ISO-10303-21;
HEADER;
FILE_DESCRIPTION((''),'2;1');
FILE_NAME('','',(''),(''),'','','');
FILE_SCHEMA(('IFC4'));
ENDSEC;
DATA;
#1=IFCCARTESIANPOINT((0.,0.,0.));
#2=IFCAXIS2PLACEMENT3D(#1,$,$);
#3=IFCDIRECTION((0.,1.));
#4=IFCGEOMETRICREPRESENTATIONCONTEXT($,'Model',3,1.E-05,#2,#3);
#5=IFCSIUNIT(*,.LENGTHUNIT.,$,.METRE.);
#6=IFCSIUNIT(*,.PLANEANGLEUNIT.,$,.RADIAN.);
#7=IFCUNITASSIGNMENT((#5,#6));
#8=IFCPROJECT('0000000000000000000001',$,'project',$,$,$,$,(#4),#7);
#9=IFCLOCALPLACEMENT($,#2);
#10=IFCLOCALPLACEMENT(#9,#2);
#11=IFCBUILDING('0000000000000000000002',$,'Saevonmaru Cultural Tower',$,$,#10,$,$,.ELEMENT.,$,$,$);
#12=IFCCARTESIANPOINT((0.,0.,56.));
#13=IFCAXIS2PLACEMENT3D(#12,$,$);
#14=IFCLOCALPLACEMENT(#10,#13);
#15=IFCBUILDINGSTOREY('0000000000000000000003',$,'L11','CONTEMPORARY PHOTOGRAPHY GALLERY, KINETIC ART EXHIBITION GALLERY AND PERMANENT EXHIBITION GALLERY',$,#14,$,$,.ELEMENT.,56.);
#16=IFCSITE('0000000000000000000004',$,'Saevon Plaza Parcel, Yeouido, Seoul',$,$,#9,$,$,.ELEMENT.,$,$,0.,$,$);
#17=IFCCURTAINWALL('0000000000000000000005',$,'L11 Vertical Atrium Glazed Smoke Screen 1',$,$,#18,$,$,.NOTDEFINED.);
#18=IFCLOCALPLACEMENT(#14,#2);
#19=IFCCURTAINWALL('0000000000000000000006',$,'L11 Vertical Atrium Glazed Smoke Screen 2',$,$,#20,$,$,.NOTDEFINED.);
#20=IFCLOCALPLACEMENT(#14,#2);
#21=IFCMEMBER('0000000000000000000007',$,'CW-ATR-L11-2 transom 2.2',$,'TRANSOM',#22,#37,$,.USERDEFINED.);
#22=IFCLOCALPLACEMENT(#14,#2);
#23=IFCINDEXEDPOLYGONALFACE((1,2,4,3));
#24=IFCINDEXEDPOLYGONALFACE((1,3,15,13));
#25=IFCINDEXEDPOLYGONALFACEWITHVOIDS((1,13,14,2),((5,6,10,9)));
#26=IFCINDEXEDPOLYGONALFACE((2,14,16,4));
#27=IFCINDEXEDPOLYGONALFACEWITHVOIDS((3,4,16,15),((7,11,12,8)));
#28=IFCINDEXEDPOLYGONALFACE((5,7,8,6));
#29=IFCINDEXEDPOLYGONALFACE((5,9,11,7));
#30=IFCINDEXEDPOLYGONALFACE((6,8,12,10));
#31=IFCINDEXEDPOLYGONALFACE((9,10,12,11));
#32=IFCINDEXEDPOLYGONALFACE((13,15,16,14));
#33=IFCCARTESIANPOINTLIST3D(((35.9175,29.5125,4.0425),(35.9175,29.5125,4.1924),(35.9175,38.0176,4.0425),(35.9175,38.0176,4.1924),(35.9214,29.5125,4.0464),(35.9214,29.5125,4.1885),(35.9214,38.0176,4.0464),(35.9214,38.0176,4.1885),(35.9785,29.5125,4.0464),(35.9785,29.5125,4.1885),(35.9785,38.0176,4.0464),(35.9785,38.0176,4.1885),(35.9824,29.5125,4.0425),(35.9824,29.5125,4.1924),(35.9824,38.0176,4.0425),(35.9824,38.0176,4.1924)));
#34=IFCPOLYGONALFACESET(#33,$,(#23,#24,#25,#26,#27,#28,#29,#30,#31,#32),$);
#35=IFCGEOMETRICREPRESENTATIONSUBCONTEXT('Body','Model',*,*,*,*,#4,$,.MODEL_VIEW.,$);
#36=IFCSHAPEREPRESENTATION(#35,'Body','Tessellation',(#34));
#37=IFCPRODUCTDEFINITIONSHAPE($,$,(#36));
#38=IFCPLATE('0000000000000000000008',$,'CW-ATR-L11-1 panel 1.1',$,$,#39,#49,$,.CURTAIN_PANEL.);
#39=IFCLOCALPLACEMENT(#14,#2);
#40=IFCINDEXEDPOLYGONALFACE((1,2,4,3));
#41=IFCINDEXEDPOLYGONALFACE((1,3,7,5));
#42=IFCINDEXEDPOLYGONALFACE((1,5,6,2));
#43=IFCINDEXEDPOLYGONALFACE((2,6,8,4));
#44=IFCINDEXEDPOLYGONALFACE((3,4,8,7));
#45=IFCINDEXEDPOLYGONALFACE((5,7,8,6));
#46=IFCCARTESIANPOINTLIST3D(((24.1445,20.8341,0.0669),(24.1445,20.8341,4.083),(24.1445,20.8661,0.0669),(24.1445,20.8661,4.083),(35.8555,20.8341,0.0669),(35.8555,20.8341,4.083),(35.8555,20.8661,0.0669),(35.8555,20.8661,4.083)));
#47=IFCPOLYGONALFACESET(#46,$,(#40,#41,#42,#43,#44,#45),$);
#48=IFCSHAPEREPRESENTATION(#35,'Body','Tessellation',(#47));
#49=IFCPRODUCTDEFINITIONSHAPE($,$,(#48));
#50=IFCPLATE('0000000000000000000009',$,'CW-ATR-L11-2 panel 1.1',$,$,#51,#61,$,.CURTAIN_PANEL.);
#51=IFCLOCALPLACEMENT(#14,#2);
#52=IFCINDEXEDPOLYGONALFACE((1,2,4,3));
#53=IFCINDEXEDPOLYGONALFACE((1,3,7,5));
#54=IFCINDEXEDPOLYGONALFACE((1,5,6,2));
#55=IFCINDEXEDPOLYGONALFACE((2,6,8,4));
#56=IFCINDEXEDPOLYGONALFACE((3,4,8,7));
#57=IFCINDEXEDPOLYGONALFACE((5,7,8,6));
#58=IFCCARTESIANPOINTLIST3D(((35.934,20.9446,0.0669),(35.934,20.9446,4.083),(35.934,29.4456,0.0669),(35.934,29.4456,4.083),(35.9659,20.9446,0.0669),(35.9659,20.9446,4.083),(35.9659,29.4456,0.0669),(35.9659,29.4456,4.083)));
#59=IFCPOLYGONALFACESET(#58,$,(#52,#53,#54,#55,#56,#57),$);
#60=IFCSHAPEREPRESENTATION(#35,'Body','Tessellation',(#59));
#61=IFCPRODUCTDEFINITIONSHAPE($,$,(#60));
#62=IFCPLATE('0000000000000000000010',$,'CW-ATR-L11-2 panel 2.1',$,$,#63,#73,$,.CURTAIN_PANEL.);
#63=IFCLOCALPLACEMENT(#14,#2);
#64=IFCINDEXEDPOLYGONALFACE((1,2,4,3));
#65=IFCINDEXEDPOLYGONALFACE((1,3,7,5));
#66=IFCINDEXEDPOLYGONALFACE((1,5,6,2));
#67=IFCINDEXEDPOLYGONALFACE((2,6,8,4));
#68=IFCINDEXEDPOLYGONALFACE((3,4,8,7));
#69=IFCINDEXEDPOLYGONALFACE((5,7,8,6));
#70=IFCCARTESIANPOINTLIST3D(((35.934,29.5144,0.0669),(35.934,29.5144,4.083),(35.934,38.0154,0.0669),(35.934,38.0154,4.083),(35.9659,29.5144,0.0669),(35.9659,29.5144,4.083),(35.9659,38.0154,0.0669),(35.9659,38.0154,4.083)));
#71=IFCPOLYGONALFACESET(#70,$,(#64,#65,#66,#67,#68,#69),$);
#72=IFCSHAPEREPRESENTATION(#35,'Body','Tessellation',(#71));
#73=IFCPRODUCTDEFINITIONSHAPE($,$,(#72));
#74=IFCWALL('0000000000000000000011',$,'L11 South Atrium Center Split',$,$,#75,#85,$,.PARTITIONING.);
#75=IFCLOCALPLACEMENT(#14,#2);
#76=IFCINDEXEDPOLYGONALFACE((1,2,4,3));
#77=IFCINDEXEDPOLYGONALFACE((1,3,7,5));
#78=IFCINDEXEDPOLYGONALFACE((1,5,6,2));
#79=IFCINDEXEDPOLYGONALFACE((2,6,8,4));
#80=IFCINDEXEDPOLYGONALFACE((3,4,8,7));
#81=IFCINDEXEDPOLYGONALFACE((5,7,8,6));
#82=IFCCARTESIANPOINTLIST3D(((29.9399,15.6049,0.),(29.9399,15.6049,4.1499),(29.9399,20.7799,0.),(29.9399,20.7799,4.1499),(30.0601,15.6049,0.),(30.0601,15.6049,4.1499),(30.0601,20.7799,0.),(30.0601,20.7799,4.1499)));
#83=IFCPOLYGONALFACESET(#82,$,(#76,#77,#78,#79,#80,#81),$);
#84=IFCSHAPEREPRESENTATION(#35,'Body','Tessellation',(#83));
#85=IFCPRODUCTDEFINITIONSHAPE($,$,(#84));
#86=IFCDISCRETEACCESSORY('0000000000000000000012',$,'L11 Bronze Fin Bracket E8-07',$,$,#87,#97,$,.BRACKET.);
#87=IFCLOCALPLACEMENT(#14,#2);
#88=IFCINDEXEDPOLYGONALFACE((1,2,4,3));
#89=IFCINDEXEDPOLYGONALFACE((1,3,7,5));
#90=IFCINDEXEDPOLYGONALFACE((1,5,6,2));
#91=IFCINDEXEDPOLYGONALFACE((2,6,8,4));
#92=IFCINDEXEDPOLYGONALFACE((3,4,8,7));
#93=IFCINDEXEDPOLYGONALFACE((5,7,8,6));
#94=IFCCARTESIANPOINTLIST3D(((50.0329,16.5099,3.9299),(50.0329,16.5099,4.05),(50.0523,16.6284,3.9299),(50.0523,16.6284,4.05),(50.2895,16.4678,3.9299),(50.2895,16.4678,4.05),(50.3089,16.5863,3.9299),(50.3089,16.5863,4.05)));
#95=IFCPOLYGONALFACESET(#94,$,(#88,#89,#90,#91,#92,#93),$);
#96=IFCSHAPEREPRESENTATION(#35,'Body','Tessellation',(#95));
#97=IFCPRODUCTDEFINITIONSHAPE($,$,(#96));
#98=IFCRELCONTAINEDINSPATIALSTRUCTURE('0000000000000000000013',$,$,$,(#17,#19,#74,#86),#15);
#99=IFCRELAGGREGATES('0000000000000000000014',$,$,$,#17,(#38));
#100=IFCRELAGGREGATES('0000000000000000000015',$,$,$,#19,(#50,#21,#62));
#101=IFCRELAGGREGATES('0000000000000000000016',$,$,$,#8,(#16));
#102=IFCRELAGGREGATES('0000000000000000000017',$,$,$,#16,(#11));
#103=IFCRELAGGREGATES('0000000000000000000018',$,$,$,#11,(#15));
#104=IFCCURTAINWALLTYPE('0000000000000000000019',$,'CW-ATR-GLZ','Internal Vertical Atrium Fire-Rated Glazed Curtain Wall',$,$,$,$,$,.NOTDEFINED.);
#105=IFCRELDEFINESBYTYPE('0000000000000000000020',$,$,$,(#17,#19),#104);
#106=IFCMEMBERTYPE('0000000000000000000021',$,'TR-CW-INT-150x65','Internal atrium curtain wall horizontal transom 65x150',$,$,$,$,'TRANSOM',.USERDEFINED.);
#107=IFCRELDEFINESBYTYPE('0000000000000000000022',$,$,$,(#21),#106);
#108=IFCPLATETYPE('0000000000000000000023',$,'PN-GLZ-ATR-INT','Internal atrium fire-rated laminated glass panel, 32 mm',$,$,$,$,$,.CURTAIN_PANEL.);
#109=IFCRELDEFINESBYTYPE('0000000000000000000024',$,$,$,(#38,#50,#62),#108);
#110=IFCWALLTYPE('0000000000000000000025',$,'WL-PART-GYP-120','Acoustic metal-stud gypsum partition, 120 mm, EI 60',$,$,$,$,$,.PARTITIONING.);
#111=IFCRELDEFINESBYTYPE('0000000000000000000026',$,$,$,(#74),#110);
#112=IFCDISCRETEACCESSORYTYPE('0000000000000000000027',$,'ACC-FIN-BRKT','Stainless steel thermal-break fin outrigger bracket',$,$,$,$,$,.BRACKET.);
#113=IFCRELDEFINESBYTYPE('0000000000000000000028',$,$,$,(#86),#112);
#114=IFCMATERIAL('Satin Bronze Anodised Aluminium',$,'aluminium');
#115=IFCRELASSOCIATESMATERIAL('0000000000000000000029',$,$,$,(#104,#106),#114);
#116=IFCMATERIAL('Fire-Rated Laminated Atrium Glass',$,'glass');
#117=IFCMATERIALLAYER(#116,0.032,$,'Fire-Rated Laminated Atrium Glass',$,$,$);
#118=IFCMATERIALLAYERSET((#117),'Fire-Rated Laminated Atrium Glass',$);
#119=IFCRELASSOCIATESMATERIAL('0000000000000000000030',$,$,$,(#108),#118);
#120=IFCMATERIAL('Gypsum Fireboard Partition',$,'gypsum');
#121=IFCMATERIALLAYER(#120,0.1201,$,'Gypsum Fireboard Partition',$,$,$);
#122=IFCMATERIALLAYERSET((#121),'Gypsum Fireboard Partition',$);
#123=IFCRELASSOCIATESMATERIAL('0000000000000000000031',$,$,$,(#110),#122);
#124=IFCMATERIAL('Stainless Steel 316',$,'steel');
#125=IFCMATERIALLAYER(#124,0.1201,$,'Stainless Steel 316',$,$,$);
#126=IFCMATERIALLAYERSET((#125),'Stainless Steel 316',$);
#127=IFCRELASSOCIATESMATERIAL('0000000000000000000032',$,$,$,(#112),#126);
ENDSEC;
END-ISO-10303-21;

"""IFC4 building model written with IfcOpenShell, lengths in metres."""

from ifc_helpers import new_model, si_unit, direction, frame, frame_2d, origin, origin_2d, place, context, subcontext, project, spatial, rectangle, hollow_rectangle, extrude, material, layer, layer_set, material_profile, profile_set, type_object, element, aggregate, save


model = new_model("IFC4")

# Units and contexts
model_context = context("Model", 3, precision=1e-05, world=origin(), true_north=direction((0.0, 1.0)))
body_context = subcontext(model_context, "Body", "Model", "MODEL_VIEW")
ifc_project = project(units=[si_unit("LENGTHUNIT", "METRE"), si_unit("PLANEANGLEUNIT", "RADIAN")], contexts=[model_context])

# Site, building, storey
site_placement = place(None, origin())
site = spatial("IfcSite", under=ifc_project, at=site_placement, Name="Saevon Plaza Parcel, Yeouido, Seoul", CompositionType="ELEMENT", RefElevation=0.0)
building_placement = place(site_placement, origin())
building = spatial("IfcBuilding", under=site, at=building_placement, Name="Saevonmaru Cultural Tower", CompositionType="ELEMENT")
storey_placement = place(building_placement, frame((0.0, 0.0, 56.0)))
storey = spatial("IfcBuildingStorey", under=building, at=storey_placement, Name="L11", Description="CONTEMPORARY PHOTOGRAPHY GALLERY, KINETIC ART EXHIBITION GALLERY AND PERMANENT EXHIBITION GALLERY", CompositionType="ELEMENT", Elevation=56.0)

# Curtain wall
ifc_material_1 = material(Name="Satin Bronze Anodised Aluminium", Category="aluminium")
curtain_wall_type_1 = type_object("IfcCurtainWallType", Name="CW-ATR-GLZ", Description="Internal Vertical Atrium Fire-Rated Glazed Curtain Wall", PredefinedType="NOTDEFINED", material=ifc_material_1)
curtain_wall_1_placement = place(storey_placement, origin())
curtain_wall_1 = element("IfcCurtainWall", 1, at=curtain_wall_1_placement, inside=storey, type_object=curtain_wall_type_1, Name="L11 Vertical Atrium Glazed Smoke Screen 1", PredefinedType="NOTDEFINED")

# Curtain wall
curtain_wall_2_placement = place(storey_placement, origin())
curtain_wall_2 = element("IfcCurtainWall", 2, at=curtain_wall_2_placement, inside=storey, type_object=curtain_wall_type_1, Name="L11 Vertical Atrium Glazed Smoke Screen 2", PredefinedType="NOTDEFINED")

# Member
ifc_material_profile_1 = material_profile(ifc_material_1, hollow_rectangle(XDim=0.0649, YDim=0.1499, WallThickness=0.0039, at=origin_2d()), Name="ALU-TRAN-150x65x4")
ifc_profile_set_1 = profile_set([ifc_material_profile_1], Name="Satin Bronze Anodised Aluminium")
member_type_1 = type_object("IfcMemberType", Name="TR-CW-INT-150x65", Description="Internal atrium curtain wall horizontal transom 65x150", ElementType="TRANSOM", PredefinedType="USERDEFINED", material=ifc_profile_set_1)
member_1_placement = place(storey_placement, frame((35.95, 29.5125, 4.1174), z_axis=(0.0, 1.0, 0.0), x_axis=(-1.0, 0.0, 0.0)))
member_1 = element("IfcMember", 3, at=member_1_placement, type_object=member_type_1, Name="CW-ATR-L11-2 transom 2.2", ObjectType="TRANSOM", PredefinedType="USERDEFINED", context=body_context, shape_type="SweptSolid", body=[
    extrude(hollow_rectangle(XDim=0.0649, YDim=0.1499, WallThickness=0.0039, at=origin_2d()), origin(), (0.0, 0.0, 1.0), 8.5051),
])

# Plates
ifc_material_2 = material(Name="Fire-Rated Laminated Atrium Glass", Category="glass")
ifc_layer_1 = layer(ifc_material_2, 0.032, Name="Fire-Rated Laminated Atrium Glass")
ifc_layer_set_1 = layer_set([ifc_layer_1], Name="Fire-Rated Laminated Atrium Glass")
plate_type = type_object("IfcPlateType", Name="PN-GLZ-ATR-INT", Description="Internal atrium fire-rated laminated glass panel, 32 mm", PredefinedType="CURTAIN_PANEL", material=ifc_layer_set_1)
plate_1_placement = place(storey_placement, frame((30.0, 20.8501, 0.0669), z_axis=(0.0, 0.0, 1.0), x_axis=(1.0, 0.0, 0.0)))
plate_1 = element("IfcPlate", 4, at=plate_1_placement, type_object=plate_type, Name="CW-ATR-L11-1 panel 1.1", PredefinedType="CURTAIN_PANEL", context=body_context, shape_type="SweptSolid", body=[
    extrude(rectangle(XDim=11.7109, YDim=0.032, at=origin_2d()), origin(), (0.0, 0.0, 1.0), 4.0161),
])
aggregate(curtain_wall_1, [plate_1])
plate_2_placement = place(storey_placement, frame((35.95, 25.1951, 0.0669), z_axis=(0.0, 0.0, 1.0), x_axis=(0.0, 1.0, 0.0)))
plate_2 = element("IfcPlate", 5, at=plate_2_placement, type_object=plate_type, Name="CW-ATR-L11-2 panel 1.1", PredefinedType="CURTAIN_PANEL", context=body_context, shape_type="SweptSolid", body=[
    extrude(rectangle(XDim=8.501, YDim=0.032, at=origin_2d()), origin(), (0.0, 0.0, 1.0), 4.0161),
])
plate_3_placement = place(storey_placement, frame((35.95, 33.7649, 0.0669), z_axis=(0.0, 0.0, 1.0), x_axis=(0.0, 1.0, 0.0)))
plate_3 = element("IfcPlate", 6, at=plate_3_placement, type_object=plate_type, Name="CW-ATR-L11-2 panel 2.1", PredefinedType="CURTAIN_PANEL", context=body_context, shape_type="SweptSolid", body=[
    extrude(rectangle(XDim=8.501, YDim=0.032, at=origin_2d()), origin(), (0.0, 0.0, 1.0), 4.0161),
])
aggregate(curtain_wall_2, [plate_2, member_1, plate_3])

# Wall
ifc_material_3 = material(Name="Gypsum Fireboard Partition", Category="gypsum")
ifc_layer_2 = layer(ifc_material_3, 0.1201, Name="Gypsum Fireboard Partition")
ifc_layer_set_2 = layer_set([ifc_layer_2], Name="Gypsum Fireboard Partition")
wall_type = type_object("IfcWallType", Name="WL-PART-GYP-120", Description="Acoustic metal-stud gypsum partition, 120 mm, EI 60", PredefinedType="PARTITIONING", material=ifc_layer_set_2)
wall_placement = place(storey_placement, frame((30.0, 15.605, 0.0), z_axis=(0.0, 0.0, 1.0), x_axis=(0.0, 1.0, 0.0)))
element("IfcWall", 7, at=wall_placement, inside=storey, type_object=wall_type, Name="L11 South Atrium Center Split", PredefinedType="PARTITIONING", context=body_context, shape_type="SweptSolid", body=[
    extrude(rectangle(XDim=5.175, YDim=0.1201, at=frame_2d((2.5874, 0.0))), origin(), (0.0, 0.0, 1.0), 4.1499),
])

# Discrete accessory
ifc_material_4 = material(Name="Stainless Steel 316", Category="steel")
ifc_layer_3 = layer(ifc_material_4, 0.1201, Name="Stainless Steel 316")
ifc_layer_set_3 = layer_set([ifc_layer_3], Name="Stainless Steel 316")
discrete_accessory_type = type_object("IfcDiscreteAccessoryType", Name="ACC-FIN-BRKT", Description="Stainless steel thermal-break fin outrigger bracket", PredefinedType="BRACKET", material=ifc_layer_set_3)
discrete_accessory_placement = place(storey_placement, frame((50.1709, 16.5481, 3.9299), z_axis=(0.0, 0.0, 1.0), x_axis=(0.986827, -0.161776, 0.0)))
element("IfcDiscreteAccessory", 8, at=discrete_accessory_placement, inside=storey, type_object=discrete_accessory_type, Name="L11 Bronze Fin Bracket E8-07", PredefinedType="BRACKET", context=body_context, shape_type="SweptSolid", body=[
    extrude(rectangle(XDim=0.26, YDim=0.1201, at=origin_2d()), origin(), (0.0, 0.0, 1.0), 0.1201),
])

save(model, "model.ifc")
